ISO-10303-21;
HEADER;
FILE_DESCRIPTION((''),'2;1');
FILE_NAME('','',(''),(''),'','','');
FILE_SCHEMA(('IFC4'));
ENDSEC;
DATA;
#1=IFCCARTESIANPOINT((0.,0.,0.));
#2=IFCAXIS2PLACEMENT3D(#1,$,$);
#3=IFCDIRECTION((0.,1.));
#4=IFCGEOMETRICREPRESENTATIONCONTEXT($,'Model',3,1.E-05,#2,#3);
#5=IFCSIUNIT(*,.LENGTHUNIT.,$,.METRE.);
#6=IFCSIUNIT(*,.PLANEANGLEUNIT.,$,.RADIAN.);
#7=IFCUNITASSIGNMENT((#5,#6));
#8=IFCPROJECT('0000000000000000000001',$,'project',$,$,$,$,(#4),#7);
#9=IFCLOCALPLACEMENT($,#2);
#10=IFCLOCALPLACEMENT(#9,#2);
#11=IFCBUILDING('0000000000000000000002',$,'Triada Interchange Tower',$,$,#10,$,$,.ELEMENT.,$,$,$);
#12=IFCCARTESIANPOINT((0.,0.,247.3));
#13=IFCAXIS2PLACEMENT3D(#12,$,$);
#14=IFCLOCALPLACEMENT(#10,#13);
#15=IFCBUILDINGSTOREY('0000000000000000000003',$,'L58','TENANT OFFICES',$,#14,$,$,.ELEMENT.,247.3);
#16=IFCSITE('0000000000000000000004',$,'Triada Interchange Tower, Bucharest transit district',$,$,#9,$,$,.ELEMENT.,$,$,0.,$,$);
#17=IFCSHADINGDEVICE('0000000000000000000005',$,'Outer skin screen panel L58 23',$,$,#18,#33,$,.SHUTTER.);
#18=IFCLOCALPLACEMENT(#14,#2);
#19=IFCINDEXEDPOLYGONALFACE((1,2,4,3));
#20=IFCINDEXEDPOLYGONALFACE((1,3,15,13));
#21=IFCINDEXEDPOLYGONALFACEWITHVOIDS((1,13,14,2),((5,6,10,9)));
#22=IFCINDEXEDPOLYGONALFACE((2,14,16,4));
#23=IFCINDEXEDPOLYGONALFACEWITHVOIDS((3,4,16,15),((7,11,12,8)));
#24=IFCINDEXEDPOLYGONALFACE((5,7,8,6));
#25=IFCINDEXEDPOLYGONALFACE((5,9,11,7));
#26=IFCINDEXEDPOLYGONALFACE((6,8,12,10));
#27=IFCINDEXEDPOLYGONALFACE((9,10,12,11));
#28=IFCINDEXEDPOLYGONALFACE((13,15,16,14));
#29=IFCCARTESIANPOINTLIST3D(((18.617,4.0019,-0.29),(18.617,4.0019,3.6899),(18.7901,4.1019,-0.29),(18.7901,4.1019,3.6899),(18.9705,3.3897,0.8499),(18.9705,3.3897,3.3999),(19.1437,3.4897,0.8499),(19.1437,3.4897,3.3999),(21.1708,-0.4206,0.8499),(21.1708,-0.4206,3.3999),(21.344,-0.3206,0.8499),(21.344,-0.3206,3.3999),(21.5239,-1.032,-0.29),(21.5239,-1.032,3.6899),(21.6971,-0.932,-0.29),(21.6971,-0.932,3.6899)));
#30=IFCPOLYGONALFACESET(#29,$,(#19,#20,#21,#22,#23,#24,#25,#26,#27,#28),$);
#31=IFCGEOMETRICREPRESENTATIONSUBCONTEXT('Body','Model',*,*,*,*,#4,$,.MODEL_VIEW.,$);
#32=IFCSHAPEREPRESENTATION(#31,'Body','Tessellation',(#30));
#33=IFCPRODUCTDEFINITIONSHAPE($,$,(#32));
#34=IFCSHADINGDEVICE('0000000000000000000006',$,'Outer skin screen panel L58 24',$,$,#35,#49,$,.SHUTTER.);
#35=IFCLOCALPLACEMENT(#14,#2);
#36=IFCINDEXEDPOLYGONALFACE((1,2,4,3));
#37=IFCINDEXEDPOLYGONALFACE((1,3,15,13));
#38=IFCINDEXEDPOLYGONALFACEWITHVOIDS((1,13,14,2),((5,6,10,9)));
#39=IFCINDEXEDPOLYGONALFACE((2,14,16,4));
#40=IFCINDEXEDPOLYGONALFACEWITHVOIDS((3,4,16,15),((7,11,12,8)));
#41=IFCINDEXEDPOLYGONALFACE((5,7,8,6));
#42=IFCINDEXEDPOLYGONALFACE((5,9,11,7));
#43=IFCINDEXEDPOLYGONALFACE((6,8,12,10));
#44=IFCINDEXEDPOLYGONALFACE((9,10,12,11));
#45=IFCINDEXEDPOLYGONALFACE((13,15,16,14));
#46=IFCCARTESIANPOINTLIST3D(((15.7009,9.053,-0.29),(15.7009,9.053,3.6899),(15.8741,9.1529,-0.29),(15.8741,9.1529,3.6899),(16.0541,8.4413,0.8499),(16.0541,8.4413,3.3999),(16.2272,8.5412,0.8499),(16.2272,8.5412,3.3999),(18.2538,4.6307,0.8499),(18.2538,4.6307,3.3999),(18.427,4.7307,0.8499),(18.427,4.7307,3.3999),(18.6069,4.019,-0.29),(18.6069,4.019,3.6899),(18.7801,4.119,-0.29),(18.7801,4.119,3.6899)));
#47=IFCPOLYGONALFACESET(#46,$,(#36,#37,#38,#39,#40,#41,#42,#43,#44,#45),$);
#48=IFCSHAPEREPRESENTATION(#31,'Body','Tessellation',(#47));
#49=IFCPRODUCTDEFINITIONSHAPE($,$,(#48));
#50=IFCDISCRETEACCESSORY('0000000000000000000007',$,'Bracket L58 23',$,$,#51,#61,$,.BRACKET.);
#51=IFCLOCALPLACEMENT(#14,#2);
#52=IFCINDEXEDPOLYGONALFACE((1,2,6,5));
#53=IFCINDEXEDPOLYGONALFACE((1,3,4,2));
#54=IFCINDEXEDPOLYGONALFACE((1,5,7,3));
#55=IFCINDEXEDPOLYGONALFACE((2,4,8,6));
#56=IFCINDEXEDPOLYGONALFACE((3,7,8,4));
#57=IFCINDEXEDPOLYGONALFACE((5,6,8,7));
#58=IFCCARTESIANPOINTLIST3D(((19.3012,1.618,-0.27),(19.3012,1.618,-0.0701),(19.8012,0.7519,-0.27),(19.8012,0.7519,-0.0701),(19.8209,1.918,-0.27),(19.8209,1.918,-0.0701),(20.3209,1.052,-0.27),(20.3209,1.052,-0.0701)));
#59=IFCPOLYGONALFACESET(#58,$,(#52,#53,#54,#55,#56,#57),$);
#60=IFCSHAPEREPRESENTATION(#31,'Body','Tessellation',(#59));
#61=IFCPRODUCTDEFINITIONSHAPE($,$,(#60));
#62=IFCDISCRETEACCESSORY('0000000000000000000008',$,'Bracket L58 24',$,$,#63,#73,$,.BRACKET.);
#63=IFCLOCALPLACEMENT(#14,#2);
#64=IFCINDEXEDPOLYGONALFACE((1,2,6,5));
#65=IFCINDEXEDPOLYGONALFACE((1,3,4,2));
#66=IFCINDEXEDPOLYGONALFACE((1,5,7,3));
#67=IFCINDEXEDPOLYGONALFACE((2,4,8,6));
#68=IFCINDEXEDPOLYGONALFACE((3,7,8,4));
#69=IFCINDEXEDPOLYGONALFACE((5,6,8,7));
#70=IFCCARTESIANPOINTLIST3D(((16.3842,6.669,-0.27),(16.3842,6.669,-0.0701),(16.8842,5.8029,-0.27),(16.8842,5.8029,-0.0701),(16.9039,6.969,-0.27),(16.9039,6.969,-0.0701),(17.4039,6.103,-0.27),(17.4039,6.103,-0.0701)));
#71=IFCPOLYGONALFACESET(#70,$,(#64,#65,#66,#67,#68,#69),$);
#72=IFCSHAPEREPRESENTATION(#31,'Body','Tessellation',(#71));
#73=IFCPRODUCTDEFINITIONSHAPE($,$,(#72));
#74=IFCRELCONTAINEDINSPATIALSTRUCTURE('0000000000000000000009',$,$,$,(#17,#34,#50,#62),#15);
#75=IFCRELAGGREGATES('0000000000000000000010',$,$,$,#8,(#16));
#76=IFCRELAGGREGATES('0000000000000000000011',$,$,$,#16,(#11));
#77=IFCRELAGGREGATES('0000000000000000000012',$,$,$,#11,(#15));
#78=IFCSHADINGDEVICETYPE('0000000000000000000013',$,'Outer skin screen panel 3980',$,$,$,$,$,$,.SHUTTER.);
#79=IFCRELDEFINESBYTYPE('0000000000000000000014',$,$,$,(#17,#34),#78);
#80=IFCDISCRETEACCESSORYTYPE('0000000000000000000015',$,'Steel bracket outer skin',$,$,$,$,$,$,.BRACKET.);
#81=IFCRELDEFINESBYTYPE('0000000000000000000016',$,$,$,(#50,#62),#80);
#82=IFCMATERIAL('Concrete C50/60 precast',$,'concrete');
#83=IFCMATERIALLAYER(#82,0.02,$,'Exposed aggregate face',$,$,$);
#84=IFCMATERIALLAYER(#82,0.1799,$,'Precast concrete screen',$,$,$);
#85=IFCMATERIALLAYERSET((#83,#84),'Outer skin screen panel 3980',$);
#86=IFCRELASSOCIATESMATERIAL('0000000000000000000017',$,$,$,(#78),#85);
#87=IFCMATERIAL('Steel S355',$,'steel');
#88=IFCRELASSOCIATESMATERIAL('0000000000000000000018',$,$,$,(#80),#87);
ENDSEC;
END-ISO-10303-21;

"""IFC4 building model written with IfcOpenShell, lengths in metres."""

from ifc_helpers import new_model, si_unit, direction, frame, origin, origin_2d, place, context, subcontext, project, spatial, polyline, rectangle, outline, extrude, material, layer, layer_set, type_object, element, save


model = new_model("IFC4")

# Units and contexts
model_context = context("Model", 3, precision=1e-05, world=origin(), true_north=direction((0.0, 1.0)))
body_context = subcontext(model_context, "Body", "Model", "MODEL_VIEW")
ifc_project = project(units=[si_unit("LENGTHUNIT", "METRE"), si_unit("PLANEANGLEUNIT", "RADIAN")], contexts=[model_context])

# Site, building, storey
site_placement = place(None, origin())
site = spatial("IfcSite", under=ifc_project, at=site_placement, Name="Triada Interchange Tower, Bucharest transit district", CompositionType="ELEMENT", RefElevation=0.0)
building_placement = place(site_placement, origin())
building = spatial("IfcBuilding", under=site, at=building_placement, Name="Triada Interchange Tower", CompositionType="ELEMENT")
storey_placement = place(building_placement, frame((0.0, 0.0, 247.3)))
storey = spatial("IfcBuildingStorey", under=building, at=storey_placement, Name="L58", Description="TENANT OFFICES", CompositionType="ELEMENT", Elevation=247.3)

# Shading devices
ifc_material_1 = material(Name="Concrete C50/60 precast", Category="concrete")
ifc_layer_1 = layer(ifc_material_1, 0.02, Name="Exposed aggregate face")
ifc_layer_2 = layer(ifc_material_1, 0.1799, Name="Precast concrete screen")
ifc_layer_set_1 = layer_set([ifc_layer_1, ifc_layer_2], Name="Outer skin screen panel 3980")
shading_device_type = type_object("IfcShadingDeviceType", Name="Outer skin screen panel 3980", PredefinedType="SHUTTER", material=ifc_layer_set_1)
shading_device_1_placement = place(storey_placement, frame((21.5239, -1.032, -0.29), z_axis=(0.0, 0.0, 1.0), x_axis=(-0.500082, 0.865978, 0.0)))
element("IfcShadingDevice", 1, at=shading_device_1_placement, inside=storey, type_object=shading_device_type, Name="Outer skin screen panel L58 23", PredefinedType="SHUTTER", context=body_context, shape_type="SweptSolid", body=[
    extrude(outline(polyline([(0.0, 0.0), (5.813, 0.0), (5.813, 3.98), (0.0, 3.98), (0.0, 0.0)]), holes=[polyline([(0.7061, 1.1399), (0.7061, 3.6899), (5.106, 3.6899), (5.106, 1.1399), (0.7061, 1.1399)])]), frame((0.0, 0.0, 0.0), z_axis=(0.0, -1.0, 0.0), x_axis=(1.0, 0.0, 0.0)), (0.0, 0.0, 1.0), 0.2),
])
shading_device_2_placement = place(storey_placement, frame((18.6069, 4.019, -0.29), z_axis=(0.0, 0.0, 1.0), x_axis=(-0.499956, 0.866051, 0.0)))
element("IfcShadingDevice", 2, at=shading_device_2_placement, inside=storey, type_object=shading_device_type, Name="Outer skin screen panel L58 24", PredefinedType="SHUTTER", context=body_context, shape_type="SweptSolid", body=[
    extrude(outline(polyline([(0.0, 0.0), (5.8125, 0.0), (5.8125, 3.98), (0.0, 3.98), (0.0, 0.0)]), holes=[polyline([(0.7063, 1.1399), (0.7063, 3.6899), (5.1062, 3.6899), (5.1062, 1.1399), (0.7063, 1.1399)])]), frame((0.0, 0.0, 0.0), z_axis=(0.0, -1.0, 0.0), x_axis=(1.0, 0.0, 0.0)), (0.0, 0.0, 1.0), 0.2),
])

# Discrete accessories
ifc_material_2 = material(Name="Steel S355", Category="steel")
discrete_accessory_type = type_object("IfcDiscreteAccessoryType", Name="Steel bracket outer skin", PredefinedType="BRACKET", material=ifc_material_2)
for number, where, z_axis, x_axis, name in (
    (3, (19.811, 1.335, -0.27), (0.0, 0.0, 1.0), (0.86603, 0.499991, 0.0), "Bracket L58 23"),
    (4, (16.894, 6.386, -0.27), (0.0, 0.0, 1.0), (0.86603, 0.499991, 0.0), "Bracket L58 24"),
):
    element("IfcDiscreteAccessory", number, at=place(storey_placement, frame(where, z_axis=z_axis, x_axis=x_axis)), inside=storey, type_object=discrete_accessory_type, Name=name, PredefinedType="BRACKET", context=body_context, shape_type="SweptSolid", body=[
        extrude(rectangle(XDim=0.6001, YDim=1.0, at=origin_2d()), origin(), (0.0, 0.0, 1.0), 0.2),
    ])

save(model, "model.ifc")
